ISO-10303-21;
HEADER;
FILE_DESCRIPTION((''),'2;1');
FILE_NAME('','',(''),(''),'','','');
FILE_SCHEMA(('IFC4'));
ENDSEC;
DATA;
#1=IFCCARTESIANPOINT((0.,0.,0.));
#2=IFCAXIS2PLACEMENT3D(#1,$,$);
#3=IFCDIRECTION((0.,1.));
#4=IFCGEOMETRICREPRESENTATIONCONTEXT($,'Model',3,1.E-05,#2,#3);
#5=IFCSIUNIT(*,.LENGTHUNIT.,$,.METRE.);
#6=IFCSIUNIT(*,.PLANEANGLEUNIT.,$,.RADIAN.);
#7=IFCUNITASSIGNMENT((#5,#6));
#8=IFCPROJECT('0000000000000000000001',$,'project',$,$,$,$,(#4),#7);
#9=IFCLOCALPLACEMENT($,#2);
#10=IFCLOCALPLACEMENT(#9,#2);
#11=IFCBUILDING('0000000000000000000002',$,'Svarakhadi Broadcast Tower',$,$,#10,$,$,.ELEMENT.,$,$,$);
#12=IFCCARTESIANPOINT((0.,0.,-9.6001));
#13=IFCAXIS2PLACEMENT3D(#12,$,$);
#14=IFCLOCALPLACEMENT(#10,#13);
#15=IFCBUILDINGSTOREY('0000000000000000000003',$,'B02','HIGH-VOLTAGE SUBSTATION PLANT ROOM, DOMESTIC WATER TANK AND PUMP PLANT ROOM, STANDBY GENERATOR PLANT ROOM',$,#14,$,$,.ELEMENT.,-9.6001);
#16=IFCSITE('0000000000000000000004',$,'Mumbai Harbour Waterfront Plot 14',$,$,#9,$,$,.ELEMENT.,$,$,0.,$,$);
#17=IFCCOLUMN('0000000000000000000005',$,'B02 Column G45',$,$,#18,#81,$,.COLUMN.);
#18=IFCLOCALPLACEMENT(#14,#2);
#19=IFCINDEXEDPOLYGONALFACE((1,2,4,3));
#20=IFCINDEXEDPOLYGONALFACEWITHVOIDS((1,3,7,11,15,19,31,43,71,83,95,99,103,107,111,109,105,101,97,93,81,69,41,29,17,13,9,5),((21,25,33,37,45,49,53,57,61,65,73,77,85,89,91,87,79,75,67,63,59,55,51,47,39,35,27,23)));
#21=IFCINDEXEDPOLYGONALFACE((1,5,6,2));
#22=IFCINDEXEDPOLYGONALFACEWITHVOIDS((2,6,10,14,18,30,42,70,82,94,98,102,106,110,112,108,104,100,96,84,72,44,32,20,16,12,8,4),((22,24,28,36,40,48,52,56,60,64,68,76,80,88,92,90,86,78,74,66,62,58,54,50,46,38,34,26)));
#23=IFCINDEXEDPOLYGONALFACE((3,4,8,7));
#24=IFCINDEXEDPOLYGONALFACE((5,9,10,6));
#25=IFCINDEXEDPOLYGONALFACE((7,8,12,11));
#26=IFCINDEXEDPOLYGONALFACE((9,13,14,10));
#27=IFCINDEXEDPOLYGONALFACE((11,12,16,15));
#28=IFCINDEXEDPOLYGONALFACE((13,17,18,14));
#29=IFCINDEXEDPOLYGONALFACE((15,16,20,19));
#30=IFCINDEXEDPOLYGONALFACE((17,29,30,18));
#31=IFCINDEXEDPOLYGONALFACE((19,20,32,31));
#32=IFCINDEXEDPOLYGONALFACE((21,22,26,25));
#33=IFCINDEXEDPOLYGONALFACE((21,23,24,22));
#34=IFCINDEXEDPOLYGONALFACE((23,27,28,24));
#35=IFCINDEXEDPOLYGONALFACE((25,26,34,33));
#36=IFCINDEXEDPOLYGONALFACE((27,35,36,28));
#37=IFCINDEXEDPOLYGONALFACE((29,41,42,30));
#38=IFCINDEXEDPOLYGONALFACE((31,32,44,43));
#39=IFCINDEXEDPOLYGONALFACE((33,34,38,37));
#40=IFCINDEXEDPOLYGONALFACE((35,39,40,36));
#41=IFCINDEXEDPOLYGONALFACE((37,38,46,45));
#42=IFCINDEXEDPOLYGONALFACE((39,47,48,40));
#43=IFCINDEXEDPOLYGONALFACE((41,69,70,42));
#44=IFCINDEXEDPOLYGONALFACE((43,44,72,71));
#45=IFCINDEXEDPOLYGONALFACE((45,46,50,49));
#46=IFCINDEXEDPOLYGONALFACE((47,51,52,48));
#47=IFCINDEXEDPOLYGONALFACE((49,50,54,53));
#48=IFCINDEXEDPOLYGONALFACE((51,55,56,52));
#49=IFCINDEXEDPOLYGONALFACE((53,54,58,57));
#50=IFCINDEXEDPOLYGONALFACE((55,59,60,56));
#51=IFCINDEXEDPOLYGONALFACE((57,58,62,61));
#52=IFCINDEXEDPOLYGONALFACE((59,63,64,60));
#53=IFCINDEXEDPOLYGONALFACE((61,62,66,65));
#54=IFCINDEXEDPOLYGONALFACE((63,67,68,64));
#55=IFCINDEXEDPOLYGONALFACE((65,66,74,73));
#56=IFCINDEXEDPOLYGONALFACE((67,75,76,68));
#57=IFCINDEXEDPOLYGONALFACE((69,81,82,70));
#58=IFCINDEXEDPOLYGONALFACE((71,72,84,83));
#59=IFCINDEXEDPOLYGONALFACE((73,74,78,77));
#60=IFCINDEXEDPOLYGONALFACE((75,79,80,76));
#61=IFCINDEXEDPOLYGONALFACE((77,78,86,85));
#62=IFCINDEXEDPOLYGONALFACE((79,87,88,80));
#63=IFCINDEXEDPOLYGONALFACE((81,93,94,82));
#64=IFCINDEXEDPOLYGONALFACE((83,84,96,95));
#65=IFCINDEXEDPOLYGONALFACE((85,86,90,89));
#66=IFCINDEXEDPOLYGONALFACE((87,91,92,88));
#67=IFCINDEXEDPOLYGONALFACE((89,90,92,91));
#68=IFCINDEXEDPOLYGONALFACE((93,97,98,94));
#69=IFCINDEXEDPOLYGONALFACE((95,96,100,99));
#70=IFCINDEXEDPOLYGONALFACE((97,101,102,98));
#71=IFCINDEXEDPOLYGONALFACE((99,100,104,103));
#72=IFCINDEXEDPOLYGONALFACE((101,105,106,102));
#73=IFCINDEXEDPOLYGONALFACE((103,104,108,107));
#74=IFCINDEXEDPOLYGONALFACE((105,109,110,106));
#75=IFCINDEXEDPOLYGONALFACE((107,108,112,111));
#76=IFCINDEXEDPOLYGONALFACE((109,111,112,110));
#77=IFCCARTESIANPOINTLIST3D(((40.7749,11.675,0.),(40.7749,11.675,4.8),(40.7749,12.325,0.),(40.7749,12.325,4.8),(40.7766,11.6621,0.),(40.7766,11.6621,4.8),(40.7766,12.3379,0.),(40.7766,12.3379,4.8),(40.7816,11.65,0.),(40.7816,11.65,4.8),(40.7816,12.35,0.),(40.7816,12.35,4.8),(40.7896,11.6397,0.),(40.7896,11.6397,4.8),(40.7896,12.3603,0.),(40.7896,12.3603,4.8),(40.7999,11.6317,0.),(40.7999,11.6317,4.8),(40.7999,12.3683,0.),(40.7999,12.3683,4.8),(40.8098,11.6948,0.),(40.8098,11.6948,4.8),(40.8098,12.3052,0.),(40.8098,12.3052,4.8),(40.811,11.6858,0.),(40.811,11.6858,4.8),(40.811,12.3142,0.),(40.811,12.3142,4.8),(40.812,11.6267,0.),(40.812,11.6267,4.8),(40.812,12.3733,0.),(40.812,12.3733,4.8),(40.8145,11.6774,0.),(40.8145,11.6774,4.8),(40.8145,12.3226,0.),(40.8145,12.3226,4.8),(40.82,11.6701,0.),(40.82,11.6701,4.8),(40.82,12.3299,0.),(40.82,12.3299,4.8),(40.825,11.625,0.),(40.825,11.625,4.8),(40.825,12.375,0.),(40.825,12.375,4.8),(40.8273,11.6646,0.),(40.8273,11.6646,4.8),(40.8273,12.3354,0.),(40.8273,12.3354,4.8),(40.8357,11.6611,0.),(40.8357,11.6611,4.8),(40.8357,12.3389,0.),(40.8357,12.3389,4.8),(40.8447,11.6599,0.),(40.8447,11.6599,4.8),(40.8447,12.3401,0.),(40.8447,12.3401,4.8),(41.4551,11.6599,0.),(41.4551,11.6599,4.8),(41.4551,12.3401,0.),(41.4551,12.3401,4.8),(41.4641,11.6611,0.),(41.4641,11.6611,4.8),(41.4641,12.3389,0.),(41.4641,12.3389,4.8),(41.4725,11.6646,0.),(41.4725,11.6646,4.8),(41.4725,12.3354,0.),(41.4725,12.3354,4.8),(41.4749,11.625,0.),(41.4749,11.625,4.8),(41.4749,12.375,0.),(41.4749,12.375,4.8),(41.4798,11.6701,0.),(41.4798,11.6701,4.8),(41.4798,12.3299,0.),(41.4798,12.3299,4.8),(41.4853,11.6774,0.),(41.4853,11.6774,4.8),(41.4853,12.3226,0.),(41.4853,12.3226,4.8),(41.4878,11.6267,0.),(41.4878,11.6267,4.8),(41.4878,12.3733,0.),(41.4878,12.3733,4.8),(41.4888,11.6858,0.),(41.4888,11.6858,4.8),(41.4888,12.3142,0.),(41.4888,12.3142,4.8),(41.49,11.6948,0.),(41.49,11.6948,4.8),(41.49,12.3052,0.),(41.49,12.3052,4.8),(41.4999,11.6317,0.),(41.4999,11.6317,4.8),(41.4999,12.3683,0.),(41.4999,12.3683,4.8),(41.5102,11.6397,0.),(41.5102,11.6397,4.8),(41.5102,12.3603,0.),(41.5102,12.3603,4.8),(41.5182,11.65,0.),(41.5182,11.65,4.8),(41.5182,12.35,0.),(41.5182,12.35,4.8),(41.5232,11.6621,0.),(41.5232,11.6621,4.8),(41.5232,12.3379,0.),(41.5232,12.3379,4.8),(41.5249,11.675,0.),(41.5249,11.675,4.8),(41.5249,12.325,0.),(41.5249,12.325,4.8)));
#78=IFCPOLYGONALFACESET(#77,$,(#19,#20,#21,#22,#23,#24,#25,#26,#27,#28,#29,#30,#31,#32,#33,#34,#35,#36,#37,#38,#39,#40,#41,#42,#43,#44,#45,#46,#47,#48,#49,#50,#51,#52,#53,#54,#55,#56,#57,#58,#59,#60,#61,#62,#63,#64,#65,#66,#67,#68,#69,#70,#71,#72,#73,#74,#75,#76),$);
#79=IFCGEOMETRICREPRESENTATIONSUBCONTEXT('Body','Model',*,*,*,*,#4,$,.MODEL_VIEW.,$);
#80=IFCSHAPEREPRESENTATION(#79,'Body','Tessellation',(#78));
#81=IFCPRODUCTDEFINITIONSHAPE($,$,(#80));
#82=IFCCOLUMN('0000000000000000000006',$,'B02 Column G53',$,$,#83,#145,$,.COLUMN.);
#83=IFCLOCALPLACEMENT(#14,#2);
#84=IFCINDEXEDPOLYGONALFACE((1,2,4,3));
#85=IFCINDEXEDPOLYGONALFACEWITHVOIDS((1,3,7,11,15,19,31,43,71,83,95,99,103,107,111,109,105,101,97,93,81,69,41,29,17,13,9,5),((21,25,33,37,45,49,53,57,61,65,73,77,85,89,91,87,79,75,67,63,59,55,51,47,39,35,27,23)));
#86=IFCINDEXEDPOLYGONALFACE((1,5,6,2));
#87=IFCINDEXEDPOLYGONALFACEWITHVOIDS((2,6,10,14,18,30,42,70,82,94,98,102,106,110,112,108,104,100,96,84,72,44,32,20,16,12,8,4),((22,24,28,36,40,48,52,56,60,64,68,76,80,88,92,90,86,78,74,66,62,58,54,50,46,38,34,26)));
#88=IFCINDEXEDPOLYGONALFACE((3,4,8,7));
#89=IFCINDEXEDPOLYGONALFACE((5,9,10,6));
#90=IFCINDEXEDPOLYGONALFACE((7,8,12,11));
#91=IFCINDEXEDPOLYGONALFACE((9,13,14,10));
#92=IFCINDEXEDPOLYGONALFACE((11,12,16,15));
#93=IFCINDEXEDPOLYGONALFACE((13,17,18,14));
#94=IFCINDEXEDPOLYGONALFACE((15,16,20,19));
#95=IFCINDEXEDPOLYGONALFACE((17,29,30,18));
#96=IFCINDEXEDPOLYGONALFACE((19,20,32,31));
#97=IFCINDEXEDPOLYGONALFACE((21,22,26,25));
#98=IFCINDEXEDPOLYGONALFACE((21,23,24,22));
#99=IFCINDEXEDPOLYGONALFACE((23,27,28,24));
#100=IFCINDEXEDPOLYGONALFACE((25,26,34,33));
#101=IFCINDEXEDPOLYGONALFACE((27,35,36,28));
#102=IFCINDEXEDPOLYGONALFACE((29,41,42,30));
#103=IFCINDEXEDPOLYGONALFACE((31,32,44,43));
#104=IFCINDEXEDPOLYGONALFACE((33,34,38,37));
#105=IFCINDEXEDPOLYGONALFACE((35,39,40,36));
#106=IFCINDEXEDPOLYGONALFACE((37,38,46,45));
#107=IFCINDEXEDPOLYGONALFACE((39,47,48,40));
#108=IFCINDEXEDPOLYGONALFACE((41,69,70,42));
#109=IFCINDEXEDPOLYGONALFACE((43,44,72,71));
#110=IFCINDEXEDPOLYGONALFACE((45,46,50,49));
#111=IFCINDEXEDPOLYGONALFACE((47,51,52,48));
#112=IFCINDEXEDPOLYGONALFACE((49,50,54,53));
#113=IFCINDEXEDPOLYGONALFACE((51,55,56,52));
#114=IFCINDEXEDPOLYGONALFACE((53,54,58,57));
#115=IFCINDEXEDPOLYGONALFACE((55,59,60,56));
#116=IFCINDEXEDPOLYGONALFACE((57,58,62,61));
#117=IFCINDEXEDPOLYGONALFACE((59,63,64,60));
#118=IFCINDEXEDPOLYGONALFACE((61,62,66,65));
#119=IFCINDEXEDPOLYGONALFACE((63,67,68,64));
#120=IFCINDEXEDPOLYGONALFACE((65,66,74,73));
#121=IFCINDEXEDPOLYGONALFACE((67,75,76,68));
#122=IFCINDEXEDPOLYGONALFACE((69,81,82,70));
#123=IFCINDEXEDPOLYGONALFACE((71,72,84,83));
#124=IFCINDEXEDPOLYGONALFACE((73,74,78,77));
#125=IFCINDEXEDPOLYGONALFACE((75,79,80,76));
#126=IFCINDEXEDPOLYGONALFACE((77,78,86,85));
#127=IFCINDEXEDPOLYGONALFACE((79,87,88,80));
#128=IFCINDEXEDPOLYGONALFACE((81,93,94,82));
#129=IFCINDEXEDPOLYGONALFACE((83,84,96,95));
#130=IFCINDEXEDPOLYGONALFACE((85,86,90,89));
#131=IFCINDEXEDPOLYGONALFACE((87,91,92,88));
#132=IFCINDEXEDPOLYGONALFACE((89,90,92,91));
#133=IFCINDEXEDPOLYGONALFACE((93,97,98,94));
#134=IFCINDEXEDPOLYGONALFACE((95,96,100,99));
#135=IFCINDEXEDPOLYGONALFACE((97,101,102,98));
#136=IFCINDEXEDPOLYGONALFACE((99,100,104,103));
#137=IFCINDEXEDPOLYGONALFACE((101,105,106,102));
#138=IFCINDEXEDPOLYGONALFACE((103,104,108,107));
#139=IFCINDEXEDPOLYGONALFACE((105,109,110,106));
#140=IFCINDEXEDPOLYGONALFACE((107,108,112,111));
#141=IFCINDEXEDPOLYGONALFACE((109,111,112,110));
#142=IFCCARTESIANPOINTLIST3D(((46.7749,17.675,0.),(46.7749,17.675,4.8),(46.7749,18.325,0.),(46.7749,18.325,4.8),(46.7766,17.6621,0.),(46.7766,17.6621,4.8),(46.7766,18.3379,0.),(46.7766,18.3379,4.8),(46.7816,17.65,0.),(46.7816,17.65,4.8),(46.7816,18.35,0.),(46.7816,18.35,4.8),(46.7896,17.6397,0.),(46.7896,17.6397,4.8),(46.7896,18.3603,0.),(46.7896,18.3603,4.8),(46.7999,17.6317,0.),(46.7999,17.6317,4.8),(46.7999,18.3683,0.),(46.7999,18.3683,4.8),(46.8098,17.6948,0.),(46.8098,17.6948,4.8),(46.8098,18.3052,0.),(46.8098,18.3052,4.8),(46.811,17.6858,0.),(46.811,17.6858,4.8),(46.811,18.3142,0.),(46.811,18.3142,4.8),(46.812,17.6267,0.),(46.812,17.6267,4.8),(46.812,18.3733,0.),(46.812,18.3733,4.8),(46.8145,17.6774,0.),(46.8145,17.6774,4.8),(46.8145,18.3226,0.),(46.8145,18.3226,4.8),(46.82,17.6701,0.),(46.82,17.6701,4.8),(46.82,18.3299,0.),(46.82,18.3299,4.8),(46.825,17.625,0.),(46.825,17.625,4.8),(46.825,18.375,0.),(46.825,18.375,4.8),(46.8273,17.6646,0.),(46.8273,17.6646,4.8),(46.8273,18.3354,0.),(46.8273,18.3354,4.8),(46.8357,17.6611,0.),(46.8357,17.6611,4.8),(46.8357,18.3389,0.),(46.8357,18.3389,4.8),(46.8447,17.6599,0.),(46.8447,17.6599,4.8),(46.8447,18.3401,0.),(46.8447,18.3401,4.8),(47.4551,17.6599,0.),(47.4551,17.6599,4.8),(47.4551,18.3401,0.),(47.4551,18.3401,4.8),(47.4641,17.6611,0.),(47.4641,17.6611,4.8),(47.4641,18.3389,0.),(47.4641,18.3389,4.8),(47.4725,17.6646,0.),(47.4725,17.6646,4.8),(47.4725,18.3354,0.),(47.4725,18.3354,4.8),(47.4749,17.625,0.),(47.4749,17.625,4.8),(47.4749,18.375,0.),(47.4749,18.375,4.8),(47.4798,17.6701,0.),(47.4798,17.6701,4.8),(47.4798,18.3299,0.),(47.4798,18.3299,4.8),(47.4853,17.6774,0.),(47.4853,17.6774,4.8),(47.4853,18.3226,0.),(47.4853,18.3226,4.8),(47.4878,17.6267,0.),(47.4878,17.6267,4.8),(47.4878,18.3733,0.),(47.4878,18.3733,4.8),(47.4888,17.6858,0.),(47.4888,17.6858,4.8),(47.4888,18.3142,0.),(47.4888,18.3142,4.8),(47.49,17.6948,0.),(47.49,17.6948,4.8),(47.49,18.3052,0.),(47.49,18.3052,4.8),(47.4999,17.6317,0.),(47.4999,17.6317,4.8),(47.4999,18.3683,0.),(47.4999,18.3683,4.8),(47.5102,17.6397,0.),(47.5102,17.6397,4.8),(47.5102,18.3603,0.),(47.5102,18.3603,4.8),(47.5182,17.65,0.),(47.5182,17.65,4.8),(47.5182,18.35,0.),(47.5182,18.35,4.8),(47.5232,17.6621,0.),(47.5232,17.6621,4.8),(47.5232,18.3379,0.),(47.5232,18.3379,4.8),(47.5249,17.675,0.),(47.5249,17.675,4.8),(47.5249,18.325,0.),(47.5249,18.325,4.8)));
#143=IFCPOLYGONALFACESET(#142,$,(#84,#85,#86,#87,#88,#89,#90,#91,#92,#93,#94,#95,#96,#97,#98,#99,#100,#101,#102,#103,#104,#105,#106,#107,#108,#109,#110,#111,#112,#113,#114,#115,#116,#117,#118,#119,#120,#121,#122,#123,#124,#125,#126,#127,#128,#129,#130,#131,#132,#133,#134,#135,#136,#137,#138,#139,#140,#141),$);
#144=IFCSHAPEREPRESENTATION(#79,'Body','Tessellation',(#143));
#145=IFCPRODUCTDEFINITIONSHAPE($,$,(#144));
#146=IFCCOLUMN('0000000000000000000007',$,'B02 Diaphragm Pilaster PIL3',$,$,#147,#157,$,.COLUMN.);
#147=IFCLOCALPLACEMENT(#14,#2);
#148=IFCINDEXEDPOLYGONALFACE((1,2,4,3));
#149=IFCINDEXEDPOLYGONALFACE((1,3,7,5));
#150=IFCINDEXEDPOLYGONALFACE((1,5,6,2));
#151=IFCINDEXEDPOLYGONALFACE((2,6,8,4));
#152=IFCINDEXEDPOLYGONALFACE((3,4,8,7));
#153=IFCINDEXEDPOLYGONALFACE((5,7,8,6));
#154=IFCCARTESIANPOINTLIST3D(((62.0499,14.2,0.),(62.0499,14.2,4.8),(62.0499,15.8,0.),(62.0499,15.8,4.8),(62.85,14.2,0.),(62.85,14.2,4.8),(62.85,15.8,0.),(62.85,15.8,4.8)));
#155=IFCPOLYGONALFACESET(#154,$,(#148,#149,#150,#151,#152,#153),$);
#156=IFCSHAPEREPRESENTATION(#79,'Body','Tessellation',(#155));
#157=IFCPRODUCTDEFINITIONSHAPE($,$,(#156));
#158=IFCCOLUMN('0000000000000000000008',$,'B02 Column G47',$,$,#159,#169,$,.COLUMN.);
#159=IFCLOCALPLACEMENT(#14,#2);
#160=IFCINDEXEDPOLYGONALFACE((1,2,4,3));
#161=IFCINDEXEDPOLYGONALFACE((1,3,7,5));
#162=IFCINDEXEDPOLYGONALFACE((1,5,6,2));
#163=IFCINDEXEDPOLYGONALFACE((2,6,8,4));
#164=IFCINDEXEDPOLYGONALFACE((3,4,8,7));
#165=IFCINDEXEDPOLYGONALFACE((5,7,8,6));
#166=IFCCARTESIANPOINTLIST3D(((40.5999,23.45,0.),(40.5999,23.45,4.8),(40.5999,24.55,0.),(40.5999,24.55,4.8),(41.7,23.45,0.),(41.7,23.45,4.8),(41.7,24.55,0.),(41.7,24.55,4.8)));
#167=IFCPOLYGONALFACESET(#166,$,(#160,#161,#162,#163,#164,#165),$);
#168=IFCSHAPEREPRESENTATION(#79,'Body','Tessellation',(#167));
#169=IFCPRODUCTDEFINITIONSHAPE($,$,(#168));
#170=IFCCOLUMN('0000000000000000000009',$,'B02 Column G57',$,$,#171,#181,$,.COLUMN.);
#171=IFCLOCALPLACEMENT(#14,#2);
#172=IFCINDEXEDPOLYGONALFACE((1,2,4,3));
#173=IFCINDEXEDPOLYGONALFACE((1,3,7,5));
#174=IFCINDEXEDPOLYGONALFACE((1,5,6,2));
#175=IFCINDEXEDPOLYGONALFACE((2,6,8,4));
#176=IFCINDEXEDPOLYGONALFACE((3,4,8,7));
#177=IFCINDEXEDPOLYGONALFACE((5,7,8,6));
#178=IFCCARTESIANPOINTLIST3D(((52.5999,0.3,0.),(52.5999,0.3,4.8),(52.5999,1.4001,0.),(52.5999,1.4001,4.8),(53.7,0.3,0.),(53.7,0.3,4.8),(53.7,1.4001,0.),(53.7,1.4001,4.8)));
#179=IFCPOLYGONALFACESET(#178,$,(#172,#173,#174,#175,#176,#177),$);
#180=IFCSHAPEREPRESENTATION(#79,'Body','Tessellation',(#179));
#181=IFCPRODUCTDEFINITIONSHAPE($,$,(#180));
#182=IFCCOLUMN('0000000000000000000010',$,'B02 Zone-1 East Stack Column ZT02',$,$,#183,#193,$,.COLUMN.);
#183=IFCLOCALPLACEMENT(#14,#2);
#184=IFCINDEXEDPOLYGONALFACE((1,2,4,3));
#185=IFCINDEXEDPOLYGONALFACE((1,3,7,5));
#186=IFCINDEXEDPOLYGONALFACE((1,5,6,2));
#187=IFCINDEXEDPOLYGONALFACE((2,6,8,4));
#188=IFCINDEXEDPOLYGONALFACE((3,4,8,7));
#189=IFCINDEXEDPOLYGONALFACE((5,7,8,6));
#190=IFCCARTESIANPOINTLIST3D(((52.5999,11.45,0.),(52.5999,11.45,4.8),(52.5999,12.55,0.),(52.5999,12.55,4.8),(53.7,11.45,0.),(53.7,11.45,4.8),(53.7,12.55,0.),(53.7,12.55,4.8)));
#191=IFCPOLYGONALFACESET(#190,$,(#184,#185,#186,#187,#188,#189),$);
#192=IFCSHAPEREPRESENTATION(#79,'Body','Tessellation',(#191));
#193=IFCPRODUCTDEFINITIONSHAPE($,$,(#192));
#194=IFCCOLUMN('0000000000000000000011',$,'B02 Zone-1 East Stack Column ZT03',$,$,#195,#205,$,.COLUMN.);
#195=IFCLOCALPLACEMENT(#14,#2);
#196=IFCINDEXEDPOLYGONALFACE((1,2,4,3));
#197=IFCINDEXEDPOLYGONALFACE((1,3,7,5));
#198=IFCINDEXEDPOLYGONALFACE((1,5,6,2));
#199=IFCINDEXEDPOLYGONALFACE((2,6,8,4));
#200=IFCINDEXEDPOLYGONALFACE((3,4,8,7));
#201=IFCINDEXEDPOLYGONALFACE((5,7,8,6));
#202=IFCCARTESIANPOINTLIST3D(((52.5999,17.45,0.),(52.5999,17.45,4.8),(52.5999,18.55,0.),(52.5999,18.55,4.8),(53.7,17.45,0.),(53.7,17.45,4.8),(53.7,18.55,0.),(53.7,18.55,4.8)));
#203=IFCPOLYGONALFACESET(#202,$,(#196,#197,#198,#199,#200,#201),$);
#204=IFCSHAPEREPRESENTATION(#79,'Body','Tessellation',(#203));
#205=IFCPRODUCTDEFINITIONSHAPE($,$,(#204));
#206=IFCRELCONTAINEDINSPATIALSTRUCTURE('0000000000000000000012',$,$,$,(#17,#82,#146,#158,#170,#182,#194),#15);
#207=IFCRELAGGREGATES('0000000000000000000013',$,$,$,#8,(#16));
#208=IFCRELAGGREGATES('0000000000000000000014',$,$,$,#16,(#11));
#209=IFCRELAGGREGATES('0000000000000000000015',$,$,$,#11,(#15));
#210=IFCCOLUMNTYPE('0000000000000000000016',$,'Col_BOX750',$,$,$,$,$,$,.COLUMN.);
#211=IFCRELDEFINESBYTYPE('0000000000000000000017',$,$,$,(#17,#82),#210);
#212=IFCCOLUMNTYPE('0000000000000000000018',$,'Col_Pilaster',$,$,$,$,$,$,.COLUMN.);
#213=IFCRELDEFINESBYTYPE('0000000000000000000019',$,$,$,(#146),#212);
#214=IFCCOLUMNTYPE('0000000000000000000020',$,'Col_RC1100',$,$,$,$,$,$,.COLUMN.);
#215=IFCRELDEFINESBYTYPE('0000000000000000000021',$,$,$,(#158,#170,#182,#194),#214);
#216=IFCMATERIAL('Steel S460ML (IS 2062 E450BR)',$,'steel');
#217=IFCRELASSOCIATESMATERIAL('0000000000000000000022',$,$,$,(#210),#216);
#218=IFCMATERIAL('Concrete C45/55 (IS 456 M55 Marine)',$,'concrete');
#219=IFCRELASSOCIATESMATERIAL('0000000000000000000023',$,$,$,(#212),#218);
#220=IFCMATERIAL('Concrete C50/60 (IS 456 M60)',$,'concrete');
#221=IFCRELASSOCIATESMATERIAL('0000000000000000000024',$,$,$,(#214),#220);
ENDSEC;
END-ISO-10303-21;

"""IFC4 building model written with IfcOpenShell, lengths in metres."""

from ifc_helpers import new_model, si_unit, direction, frame, origin, origin_2d, place, context, subcontext, project, spatial, rectangle, hollow_rectangle, extrude, material, material_profile, profile_set, type_object, element, save


model = new_model("IFC4")

# Units and contexts
model_context = context("Model", 3, precision=1e-05, world=origin(), true_north=direction((0.0, 1.0)))
body_context = subcontext(model_context, "Body", "Model", "MODEL_VIEW")
ifc_project = project(units=[si_unit("LENGTHUNIT", "METRE"), si_unit("PLANEANGLEUNIT", "RADIAN")], contexts=[model_context])

# Site, building, storey
site_placement = place(None, origin())
site = spatial("IfcSite", under=ifc_project, at=site_placement, Name="Mumbai Harbour Waterfront Plot 14", CompositionType="ELEMENT", RefElevation=0.0)
building_placement = place(site_placement, origin())
building = spatial("IfcBuilding", under=site, at=building_placement, Name="Svarakhadi Broadcast Tower", CompositionType="ELEMENT")
storey_placement = place(building_placement, frame((0.0, 0.0, -9.6001)))
storey = spatial("IfcBuildingStorey", under=building, at=storey_placement, Name="B02", Description="HIGH-VOLTAGE SUBSTATION PLANT ROOM, DOMESTIC WATER TANK AND PUMP PLANT ROOM, STANDBY GENERATOR PLANT ROOM", CompositionType="ELEMENT", Elevation=-9.6001)

# Shared definitions
ifc_material_1 = material(Name="Concrete C45/55 (IS 456 M55 Marine)", Category="concrete")

# Columns
ifc_material_2 = material(Name="Steel S460ML (IS 2062 E450BR)", Category="steel")
ifc_material_profile_1 = material_profile(ifc_material_2, hollow_rectangle(XDim=0.75, YDim=0.75, WallThickness=0.0349, InnerFilletRadius=0.0349, OuterFilletRadius=0.05, at=origin_2d()), Name="BOX 750x750x35")
ifc_profile_set_1 = profile_set([ifc_material_profile_1], Name="Steel S460ML (IS 2062 E450BR)")
column_type_1 = type_object("IfcColumnType", Name="Col_BOX750", PredefinedType="COLUMN", material=ifc_profile_set_1)
for number, where, z_axis, x_axis, name in (
    (1, (41.1499, 12.0, 0.0), (0.0, 0.0, 1.0), (1.0, 0.0, 0.0), "B02 Column G45"),
    (2, (47.1499, 18.0, 0.0), (0.0, 0.0, 1.0), (1.0, 0.0, 0.0), "B02 Column G53"),
):
    element("IfcColumn", number, at=place(storey_placement, frame(where, z_axis=z_axis, x_axis=x_axis)), inside=storey, type_object=column_type_1, Name=name, PredefinedType="COLUMN", context=body_context, shape_type="SweptSolid", body=[
        extrude(hollow_rectangle(XDim=0.75, YDim=0.75, WallThickness=0.0349, InnerFilletRadius=0.0349, OuterFilletRadius=0.05, at=origin_2d()), origin(), (0.0, 0.0, 1.0), 4.8),
    ])
ifc_material_profile_2 = material_profile(ifc_material_1, rectangle(XDim=0.8, YDim=1.6001, at=origin_2d()), Name="RC 800x1600")
ifc_profile_set_2 = profile_set([ifc_material_profile_2], Name="Concrete C45/55 (IS 456 M55 Marine)")
column_type_2 = type_object("IfcColumnType", Name="Col_Pilaster", PredefinedType="COLUMN", material=ifc_profile_set_2)
column_placement = place(storey_placement, frame((62.45, 15.0, 0.0), z_axis=(0.0, 0.0, 1.0), x_axis=(1.0, 0.0, 0.0)))
element("IfcColumn", 3, at=column_placement, inside=storey, type_object=column_type_2, Name="B02 Diaphragm Pilaster PIL3", PredefinedType="COLUMN", context=body_context, shape_type="SweptSolid", body=[
    extrude(rectangle(XDim=0.8, YDim=1.6001, at=origin_2d()), origin(), (0.0, 0.0, 1.0), 4.8),
])
ifc_material_3 = material(Name="Concrete C50/60 (IS 456 M60)", Category="concrete")
ifc_material_profile_3 = material_profile(ifc_material_3, rectangle(XDim=1.1001, YDim=1.1001, at=origin_2d()), Name="RC 1100x1100")
ifc_profile_set_3 = profile_set([ifc_material_profile_3], Name="Concrete C50/60 (IS 456 M60)")
column_type_3 = type_object("IfcColumnType", Name="Col_RC1100", PredefinedType="COLUMN", material=ifc_profile_set_3)
for number, where, z_axis, x_axis, name in (
    (4, (41.1499, 24.0, 0.0), (0.0, 0.0, 1.0), (1.0, 0.0, 0.0), "B02 Column G47"),
    (5, (53.1499, 0.8501, 0.0), (0.0, 0.0, 1.0), (1.0, 0.0, 0.0), "B02 Column G57"),
    (6, (53.1499, 12.0, 0.0), (0.0, 0.0, 1.0), (1.0, 0.0, 0.0), "B02 Zone-1 East Stack Column ZT02"),
    (7, (53.1499, 18.0, 0.0), (0.0, 0.0, 1.0), (1.0, 0.0, 0.0), "B02 Zone-1 East Stack Column ZT03"),
):
    element("IfcColumn", number, at=place(storey_placement, frame(where, z_axis=z_axis, x_axis=x_axis)), inside=storey, type_object=column_type_3, Name=name, PredefinedType="COLUMN", context=body_context, shape_type="SweptSolid", body=[
        extrude(rectangle(XDim=1.1001, YDim=1.1001, at=origin_2d()), origin(), (0.0, 0.0, 1.0), 4.8),
    ])

save(model, "model.ifc")
